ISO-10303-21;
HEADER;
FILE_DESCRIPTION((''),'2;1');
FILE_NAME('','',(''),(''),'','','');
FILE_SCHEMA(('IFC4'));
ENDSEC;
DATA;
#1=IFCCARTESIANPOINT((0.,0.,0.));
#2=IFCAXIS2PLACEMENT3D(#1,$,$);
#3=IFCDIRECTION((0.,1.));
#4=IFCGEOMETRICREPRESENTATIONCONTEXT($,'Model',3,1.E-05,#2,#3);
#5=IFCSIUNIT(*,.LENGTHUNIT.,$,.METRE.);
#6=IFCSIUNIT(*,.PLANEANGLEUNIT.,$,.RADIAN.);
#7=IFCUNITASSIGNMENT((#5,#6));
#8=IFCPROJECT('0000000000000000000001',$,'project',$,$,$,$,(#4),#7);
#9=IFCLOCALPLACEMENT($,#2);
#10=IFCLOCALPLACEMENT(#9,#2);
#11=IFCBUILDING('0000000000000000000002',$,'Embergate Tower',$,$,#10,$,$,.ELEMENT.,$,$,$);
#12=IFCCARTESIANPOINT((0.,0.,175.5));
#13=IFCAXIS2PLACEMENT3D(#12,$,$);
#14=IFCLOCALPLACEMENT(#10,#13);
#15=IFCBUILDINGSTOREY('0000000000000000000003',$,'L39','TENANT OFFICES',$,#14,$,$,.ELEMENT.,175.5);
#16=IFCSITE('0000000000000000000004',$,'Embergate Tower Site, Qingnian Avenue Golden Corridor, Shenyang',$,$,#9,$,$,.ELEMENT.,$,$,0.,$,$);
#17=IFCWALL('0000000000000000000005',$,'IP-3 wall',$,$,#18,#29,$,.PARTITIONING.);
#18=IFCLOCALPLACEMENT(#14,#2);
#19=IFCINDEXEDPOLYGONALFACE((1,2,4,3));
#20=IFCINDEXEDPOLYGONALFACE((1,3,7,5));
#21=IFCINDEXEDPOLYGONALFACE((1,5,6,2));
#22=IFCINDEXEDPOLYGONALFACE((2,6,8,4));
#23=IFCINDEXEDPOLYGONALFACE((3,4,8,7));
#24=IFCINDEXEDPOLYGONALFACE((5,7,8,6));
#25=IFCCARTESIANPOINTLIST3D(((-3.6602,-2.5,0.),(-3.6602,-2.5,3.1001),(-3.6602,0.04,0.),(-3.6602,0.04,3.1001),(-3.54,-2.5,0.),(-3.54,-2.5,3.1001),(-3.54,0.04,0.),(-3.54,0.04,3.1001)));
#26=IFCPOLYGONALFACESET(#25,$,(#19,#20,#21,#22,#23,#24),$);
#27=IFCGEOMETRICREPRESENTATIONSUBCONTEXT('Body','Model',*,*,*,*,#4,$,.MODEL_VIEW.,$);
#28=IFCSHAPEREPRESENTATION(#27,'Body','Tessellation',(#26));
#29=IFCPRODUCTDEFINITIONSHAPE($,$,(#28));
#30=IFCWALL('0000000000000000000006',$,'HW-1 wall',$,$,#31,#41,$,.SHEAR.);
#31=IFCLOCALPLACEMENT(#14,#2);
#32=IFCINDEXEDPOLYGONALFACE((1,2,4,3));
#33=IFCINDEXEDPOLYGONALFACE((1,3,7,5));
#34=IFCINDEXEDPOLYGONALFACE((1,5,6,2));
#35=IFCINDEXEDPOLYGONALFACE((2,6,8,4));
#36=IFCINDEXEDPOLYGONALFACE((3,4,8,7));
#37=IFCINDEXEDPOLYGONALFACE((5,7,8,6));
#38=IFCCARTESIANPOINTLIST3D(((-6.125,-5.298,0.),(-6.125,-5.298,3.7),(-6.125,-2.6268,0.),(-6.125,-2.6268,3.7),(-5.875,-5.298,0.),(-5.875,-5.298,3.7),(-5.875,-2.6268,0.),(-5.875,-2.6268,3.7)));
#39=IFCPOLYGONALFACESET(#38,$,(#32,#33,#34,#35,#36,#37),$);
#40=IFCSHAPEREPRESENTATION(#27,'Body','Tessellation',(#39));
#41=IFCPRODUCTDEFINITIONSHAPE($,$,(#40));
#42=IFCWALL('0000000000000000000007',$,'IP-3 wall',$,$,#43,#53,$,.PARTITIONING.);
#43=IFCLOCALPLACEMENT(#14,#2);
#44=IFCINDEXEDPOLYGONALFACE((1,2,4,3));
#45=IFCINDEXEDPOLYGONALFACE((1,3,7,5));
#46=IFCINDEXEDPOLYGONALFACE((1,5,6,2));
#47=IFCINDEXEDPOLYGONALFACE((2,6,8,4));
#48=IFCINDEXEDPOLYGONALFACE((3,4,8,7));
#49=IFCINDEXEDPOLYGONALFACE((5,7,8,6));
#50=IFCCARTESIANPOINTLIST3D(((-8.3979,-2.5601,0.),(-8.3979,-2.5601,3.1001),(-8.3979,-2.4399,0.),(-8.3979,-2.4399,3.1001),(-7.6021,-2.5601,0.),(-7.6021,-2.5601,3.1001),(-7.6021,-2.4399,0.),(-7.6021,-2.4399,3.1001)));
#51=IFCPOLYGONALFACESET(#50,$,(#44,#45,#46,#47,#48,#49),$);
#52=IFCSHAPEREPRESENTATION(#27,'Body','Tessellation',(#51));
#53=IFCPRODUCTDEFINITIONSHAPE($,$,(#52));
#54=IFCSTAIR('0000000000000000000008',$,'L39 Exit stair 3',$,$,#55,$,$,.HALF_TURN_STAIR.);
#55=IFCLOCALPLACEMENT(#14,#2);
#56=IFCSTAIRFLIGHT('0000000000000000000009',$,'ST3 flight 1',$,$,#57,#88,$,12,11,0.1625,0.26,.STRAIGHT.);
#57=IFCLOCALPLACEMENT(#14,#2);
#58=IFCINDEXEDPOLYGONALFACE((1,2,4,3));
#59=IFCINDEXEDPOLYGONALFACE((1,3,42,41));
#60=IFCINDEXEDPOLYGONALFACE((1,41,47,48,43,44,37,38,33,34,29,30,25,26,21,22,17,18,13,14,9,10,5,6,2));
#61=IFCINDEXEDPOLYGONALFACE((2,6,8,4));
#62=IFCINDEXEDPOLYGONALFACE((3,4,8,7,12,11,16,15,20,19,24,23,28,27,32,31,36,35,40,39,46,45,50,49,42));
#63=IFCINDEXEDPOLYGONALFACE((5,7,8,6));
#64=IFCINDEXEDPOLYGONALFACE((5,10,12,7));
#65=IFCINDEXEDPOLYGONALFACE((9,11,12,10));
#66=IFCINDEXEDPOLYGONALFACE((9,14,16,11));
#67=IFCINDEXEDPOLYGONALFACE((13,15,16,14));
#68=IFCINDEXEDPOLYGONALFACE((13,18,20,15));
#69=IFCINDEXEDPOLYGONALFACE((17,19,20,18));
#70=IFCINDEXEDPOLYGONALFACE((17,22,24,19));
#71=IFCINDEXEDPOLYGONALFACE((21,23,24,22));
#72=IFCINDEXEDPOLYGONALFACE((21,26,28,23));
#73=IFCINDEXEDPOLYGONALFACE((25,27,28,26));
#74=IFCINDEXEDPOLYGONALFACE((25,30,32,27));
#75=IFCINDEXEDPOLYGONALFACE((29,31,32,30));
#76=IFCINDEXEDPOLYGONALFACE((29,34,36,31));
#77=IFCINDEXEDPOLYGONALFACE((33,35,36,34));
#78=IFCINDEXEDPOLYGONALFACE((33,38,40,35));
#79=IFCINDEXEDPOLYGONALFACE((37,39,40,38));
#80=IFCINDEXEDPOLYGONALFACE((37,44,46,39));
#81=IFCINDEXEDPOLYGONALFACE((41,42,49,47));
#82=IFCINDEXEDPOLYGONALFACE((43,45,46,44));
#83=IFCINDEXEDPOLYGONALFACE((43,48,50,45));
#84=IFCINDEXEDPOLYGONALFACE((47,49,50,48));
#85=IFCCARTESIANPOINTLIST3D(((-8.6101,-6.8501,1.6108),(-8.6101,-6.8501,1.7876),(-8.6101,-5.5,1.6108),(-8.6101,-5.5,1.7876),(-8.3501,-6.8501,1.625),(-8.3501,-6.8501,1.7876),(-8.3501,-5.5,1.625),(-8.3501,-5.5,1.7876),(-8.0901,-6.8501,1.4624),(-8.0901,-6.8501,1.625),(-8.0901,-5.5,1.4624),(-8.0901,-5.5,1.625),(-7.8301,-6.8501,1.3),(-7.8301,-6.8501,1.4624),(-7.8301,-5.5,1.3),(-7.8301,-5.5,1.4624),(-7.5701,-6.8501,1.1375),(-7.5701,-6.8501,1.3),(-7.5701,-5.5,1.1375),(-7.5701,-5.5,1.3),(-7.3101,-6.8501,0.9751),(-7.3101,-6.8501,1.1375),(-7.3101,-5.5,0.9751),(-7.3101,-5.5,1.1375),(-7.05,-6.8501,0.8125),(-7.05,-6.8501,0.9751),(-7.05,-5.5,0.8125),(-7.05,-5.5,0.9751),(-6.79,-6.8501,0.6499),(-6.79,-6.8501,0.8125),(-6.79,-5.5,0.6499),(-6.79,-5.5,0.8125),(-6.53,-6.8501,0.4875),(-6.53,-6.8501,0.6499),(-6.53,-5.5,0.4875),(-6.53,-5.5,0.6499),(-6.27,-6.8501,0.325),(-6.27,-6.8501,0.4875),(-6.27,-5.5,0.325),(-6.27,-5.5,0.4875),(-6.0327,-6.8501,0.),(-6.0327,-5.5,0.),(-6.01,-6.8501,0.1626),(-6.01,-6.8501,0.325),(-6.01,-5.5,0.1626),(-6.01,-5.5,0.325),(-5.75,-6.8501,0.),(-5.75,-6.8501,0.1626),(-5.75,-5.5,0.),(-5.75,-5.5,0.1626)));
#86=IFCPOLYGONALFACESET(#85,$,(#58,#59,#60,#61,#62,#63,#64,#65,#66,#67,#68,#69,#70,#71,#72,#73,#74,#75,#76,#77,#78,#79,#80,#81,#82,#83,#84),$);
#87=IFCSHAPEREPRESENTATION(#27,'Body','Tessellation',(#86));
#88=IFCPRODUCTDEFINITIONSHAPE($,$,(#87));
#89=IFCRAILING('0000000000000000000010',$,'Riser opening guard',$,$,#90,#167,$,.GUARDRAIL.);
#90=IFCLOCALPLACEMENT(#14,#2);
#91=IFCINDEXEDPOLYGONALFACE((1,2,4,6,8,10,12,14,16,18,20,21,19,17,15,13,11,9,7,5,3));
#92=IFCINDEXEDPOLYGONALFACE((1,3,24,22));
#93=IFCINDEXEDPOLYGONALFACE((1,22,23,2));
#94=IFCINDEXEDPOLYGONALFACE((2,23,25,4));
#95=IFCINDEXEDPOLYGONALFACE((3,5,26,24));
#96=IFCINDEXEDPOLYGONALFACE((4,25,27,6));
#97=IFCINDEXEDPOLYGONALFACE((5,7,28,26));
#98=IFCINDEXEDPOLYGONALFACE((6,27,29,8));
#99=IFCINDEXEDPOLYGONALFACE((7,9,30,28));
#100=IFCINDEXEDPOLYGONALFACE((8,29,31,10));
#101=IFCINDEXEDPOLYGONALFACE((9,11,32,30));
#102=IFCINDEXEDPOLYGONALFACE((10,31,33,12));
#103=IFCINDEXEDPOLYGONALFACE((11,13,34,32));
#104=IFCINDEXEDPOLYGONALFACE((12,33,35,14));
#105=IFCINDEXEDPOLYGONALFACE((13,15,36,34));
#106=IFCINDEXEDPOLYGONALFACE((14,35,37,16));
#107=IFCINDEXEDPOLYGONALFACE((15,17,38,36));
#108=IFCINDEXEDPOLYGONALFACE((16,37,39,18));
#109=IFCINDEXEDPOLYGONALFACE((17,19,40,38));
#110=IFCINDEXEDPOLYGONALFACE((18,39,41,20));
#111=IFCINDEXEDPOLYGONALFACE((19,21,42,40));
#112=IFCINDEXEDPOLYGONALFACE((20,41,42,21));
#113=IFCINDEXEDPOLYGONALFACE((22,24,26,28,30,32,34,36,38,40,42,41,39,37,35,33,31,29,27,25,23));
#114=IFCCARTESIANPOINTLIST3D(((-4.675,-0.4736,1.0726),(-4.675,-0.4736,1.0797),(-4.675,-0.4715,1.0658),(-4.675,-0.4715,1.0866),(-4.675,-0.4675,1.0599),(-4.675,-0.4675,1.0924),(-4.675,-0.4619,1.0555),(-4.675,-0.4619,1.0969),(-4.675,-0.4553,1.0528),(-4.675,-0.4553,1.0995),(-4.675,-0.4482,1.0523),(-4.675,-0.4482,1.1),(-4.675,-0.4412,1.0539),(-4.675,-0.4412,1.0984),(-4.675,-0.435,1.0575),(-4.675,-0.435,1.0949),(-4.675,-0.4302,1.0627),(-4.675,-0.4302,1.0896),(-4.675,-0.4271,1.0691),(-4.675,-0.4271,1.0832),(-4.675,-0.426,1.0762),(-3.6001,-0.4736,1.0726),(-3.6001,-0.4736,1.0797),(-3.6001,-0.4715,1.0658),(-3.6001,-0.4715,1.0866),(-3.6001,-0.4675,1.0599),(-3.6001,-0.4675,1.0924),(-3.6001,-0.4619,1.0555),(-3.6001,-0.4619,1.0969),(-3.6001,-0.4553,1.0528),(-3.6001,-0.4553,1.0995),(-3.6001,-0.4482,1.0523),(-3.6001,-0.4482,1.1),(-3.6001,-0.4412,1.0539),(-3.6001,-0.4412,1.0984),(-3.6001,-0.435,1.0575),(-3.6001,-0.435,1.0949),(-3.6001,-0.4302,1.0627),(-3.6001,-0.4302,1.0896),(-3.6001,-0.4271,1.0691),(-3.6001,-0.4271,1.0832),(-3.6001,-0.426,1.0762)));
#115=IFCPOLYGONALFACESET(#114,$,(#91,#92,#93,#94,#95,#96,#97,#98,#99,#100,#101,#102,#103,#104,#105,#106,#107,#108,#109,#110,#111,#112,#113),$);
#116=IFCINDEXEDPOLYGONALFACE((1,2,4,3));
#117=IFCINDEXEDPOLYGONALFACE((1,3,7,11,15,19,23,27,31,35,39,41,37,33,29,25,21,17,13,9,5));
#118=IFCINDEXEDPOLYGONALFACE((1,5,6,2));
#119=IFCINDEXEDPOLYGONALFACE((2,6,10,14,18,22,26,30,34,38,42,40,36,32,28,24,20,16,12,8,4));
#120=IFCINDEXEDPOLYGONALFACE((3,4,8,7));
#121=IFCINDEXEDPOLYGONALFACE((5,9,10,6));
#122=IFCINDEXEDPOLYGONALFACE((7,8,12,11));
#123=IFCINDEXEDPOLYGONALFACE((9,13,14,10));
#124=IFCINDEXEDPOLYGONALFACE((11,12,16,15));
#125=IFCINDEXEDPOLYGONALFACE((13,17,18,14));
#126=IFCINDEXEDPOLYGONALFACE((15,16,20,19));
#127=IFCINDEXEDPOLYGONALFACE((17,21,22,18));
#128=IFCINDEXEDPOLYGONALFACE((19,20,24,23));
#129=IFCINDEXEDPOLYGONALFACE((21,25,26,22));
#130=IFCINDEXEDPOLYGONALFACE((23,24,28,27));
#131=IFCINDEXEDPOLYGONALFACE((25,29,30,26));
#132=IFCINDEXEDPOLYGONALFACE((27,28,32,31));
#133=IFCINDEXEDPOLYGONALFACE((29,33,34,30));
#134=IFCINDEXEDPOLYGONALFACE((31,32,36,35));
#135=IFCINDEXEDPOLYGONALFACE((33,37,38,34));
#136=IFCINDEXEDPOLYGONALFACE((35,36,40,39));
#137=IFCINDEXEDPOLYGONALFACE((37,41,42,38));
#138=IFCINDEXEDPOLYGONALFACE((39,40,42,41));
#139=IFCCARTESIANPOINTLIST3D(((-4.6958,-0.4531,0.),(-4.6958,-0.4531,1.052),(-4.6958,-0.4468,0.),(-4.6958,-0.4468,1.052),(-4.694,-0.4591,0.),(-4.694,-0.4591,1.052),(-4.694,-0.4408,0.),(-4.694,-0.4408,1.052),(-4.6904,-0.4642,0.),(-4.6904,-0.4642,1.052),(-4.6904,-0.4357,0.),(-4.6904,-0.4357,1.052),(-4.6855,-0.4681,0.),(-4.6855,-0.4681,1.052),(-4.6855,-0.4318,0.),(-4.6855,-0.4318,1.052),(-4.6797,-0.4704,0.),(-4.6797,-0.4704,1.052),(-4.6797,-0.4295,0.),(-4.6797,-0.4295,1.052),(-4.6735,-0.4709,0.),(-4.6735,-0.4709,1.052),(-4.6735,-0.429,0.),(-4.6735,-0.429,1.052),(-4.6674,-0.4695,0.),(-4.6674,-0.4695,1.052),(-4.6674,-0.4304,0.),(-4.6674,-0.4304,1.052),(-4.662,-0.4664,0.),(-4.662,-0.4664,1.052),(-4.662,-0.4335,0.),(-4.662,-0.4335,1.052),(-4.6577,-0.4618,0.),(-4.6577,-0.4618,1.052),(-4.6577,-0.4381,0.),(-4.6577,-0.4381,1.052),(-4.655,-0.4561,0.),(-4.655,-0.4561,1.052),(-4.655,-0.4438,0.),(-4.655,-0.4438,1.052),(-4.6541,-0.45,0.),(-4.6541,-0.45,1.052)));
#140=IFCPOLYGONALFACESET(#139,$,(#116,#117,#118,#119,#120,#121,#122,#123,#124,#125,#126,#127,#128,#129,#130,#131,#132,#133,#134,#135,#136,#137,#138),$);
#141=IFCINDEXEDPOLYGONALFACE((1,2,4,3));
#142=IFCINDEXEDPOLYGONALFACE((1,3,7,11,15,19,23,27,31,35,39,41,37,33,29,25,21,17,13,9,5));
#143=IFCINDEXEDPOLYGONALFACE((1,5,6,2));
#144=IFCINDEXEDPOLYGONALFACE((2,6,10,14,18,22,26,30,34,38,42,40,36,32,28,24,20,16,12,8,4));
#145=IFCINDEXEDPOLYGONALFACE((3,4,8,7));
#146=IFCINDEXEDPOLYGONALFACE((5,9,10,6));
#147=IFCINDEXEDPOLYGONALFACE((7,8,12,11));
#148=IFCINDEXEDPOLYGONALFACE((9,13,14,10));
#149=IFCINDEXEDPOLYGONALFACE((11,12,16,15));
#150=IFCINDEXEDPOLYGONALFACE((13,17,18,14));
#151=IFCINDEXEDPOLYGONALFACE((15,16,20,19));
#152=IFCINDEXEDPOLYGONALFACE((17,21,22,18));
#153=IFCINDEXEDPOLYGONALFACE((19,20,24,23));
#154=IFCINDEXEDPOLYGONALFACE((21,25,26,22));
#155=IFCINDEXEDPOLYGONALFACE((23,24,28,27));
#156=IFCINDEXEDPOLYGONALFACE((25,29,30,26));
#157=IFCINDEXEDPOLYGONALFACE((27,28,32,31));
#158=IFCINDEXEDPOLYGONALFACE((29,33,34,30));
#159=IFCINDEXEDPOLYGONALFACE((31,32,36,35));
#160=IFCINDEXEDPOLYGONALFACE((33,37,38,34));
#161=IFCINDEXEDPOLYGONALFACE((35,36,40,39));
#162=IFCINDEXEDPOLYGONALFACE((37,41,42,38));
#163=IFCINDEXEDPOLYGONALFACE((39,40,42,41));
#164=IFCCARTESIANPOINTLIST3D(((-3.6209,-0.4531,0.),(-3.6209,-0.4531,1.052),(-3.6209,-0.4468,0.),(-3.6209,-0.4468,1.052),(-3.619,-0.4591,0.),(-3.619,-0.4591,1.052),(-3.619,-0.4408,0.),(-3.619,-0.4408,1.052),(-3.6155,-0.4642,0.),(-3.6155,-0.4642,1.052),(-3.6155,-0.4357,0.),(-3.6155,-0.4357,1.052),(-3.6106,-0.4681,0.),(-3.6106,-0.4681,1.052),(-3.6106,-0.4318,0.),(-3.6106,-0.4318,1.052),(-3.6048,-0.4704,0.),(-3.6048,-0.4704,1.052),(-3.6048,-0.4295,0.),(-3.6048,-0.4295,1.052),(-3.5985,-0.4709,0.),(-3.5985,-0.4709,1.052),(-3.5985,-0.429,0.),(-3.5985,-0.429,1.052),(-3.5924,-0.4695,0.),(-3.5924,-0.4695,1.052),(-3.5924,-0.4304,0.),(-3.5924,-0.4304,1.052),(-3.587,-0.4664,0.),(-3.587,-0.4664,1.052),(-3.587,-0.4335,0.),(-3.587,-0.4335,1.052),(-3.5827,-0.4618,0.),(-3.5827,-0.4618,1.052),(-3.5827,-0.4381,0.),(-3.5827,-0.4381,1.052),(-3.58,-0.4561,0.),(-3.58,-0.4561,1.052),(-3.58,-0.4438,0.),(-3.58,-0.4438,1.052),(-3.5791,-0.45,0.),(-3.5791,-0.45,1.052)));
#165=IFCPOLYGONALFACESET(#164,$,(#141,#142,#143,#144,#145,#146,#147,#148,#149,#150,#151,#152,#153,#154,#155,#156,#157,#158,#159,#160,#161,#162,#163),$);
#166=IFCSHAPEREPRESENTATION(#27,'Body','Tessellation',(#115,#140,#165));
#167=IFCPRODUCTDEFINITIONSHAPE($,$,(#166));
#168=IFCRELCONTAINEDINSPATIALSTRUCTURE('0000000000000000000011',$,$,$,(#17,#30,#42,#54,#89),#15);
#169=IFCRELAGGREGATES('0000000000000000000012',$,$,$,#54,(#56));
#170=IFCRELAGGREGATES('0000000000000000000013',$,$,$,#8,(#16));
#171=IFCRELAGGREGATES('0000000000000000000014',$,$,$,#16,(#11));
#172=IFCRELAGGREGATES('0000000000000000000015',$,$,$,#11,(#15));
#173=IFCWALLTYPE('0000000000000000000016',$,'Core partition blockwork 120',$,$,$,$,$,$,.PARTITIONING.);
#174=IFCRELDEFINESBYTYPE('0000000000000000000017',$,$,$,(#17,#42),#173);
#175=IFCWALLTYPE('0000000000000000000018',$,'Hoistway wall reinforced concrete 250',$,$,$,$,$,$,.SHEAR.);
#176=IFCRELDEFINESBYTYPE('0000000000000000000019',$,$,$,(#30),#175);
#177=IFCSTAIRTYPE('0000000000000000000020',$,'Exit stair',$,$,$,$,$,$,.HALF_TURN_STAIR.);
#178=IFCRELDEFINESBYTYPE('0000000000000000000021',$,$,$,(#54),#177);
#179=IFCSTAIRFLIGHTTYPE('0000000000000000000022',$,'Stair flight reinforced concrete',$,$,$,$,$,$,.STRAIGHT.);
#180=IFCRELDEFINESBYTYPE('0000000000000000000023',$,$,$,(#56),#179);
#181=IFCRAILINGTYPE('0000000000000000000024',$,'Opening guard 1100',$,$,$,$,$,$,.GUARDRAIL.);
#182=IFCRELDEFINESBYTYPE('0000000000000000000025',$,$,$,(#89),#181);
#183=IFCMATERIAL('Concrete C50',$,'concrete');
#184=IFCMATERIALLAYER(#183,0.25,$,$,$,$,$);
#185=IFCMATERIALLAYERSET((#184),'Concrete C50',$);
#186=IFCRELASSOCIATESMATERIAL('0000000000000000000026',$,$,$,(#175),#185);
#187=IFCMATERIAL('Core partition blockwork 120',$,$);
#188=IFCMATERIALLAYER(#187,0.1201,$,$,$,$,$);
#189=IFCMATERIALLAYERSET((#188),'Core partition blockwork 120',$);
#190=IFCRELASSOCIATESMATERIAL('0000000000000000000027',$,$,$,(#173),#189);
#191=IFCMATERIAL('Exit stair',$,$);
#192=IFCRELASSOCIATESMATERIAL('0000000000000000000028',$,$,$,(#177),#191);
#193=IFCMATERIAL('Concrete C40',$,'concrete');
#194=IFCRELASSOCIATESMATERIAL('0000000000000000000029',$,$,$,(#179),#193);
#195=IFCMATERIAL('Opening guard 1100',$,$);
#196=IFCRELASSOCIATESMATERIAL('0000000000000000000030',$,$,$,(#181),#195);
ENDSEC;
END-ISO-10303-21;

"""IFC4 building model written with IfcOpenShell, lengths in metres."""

from ifc_helpers import new_model, si_unit, direction, frame, frame_2d, origin, origin_2d, place, context, subcontext, project, spatial, polyline, rectangle, circle, outline, extrude, source, transform, mapped, material, layer, layer_set, type_object, element, aggregate, save


model = new_model("IFC4")

# Units and contexts
model_context = context("Model", 3, precision=1e-05, world=origin(), true_north=direction((0.0, 1.0)))
body_context = subcontext(model_context, "Body", "Model", "MODEL_VIEW")
ifc_project = project(units=[si_unit("LENGTHUNIT", "METRE"), si_unit("PLANEANGLEUNIT", "RADIAN")], contexts=[model_context])

# Site, building, storey
site_placement = place(None, origin())
site = spatial("IfcSite", under=ifc_project, at=site_placement, Name="Embergate Tower Site, Qingnian Avenue Golden Corridor, Shenyang", CompositionType="ELEMENT", RefElevation=0.0)
building_placement = place(site_placement, origin())
building = spatial("IfcBuilding", under=site, at=building_placement, Name="Embergate Tower", CompositionType="ELEMENT")
storey_placement = place(building_placement, frame((0.0, 0.0, 175.5)))
storey = spatial("IfcBuildingStorey", under=building, at=storey_placement, Name="L39", Description="TENANT OFFICES", CompositionType="ELEMENT", Elevation=175.5)

# Shared definitions
ifc_material_1 = material(Name="Concrete C50", Category="concrete")
ifc_layer_1 = layer(ifc_material_1, 0.25)
ifc_layer_set_1 = layer_set([ifc_layer_1], Name="Concrete C50")
wall_type_1 = type_object("IfcWallType", Name="Hoistway wall reinforced concrete 250", PredefinedType="SHEAR", material=ifc_layer_set_1)

# Shared definitions
ifc_material_2 = material(Name="Core partition blockwork 120")
ifc_layer_2 = layer(ifc_material_2, 0.1201)
ifc_layer_set_2 = layer_set([ifc_layer_2], Name="Core partition blockwork 120")
wall_type_2 = type_object("IfcWallType", Name="Core partition blockwork 120", PredefinedType="PARTITIONING", material=ifc_layer_set_2)

# Walls
shared_shape_1 = source(origin(), body_context, "Body", "SweptSolid", [
    extrude(rectangle(XDim=2.54, YDim=0.1201, at=frame_2d((1.27, 0.0))), origin(), (0.0, 0.0, 1.0), 3.1001),
])
wall_1_placement = place(storey_placement, frame((-3.6001, -2.5, 0.0), z_axis=(0.0, 0.0, 1.0), x_axis=(0.0, 1.0, 0.0)))
element("IfcWall", 1, at=wall_1_placement, inside=storey, type_object=wall_type_2, Name="IP-3 wall", PredefinedType="PARTITIONING", context=body_context, shape_type="MappedRepresentation", body=[
    mapped(shared_shape_1, transform((0.0, 0.0, 0.0))),
])
shared_shape_2 = source(origin(), body_context, "Body", "SweptSolid", [
    extrude(rectangle(XDim=2.6711, YDim=0.25, at=frame_2d((1.3354, 0.0))), origin(), (0.0, 0.0, 1.0), 3.7),
])
wall_2_placement = place(storey_placement, frame((-6.0, -2.627, 0.0), z_axis=(0.0, 0.0, 1.0), x_axis=(0.0, -1.0, 0.0)))
element("IfcWall", 2, at=wall_2_placement, inside=storey, type_object=wall_type_1, Name="HW-1 wall", PredefinedType="SHEAR", context=body_context, shape_type="MappedRepresentation", body=[
    mapped(shared_shape_2, transform((0.0, 0.0, 0.0))),
])
shared_shape_3 = source(origin(), body_context, "Body", "SweptSolid", [
    extrude(rectangle(XDim=0.7959, YDim=0.1201, at=frame_2d((0.3979, 0.0))), origin(), (0.0, 0.0, 1.0), 3.1001),
])
wall_3_placement = place(storey_placement, frame((-8.3979, -2.5, 0.0), z_axis=(0.0, 0.0, 1.0), x_axis=(1.0, 0.0, 0.0)))
element("IfcWall", 3, at=wall_3_placement, inside=storey, type_object=wall_type_2, Name="IP-3 wall", PredefinedType="PARTITIONING", context=body_context, shape_type="MappedRepresentation", body=[
    mapped(shared_shape_3, transform((0.0, 0.0, 0.0))),
])

# Stair, stair flight
ifc_material_3 = material(Name="Exit stair")
stair_type = type_object("IfcStairType", Name="Exit stair", PredefinedType="HALF_TURN_STAIR", material=ifc_material_3)
stair_placement = place(storey_placement, origin())
stair = element("IfcStair", 4, at=stair_placement, inside=storey, type_object=stair_type, Name="L39 Exit stair 3", PredefinedType="HALF_TURN_STAIR")
ifc_material_4 = material(Name="Concrete C40", Category="concrete")
stair_flight_type = type_object("IfcStairFlightType", Name="Stair flight reinforced concrete", PredefinedType="STRAIGHT", material=ifc_material_4)
shared_shape_4 = source(origin(), body_context, "Body", "SweptSolid", [
    extrude(outline(polyline([(0.0, 0.0), (0.0, 0.1626), (0.26, 0.1626), (0.26, 0.325), (0.52, 0.325), (0.52, 0.4875), (0.78, 0.4875), (0.78, 0.6499), (1.04, 0.6499), (1.04, 0.8125), (1.3, 0.8125), (1.3, 0.9751), (1.5601, 0.9751), (1.5601, 1.1375), (1.8201, 1.1375), (1.8201, 1.3), (2.0801, 1.3), (2.0801, 1.4624), (2.3401, 1.4624), (2.3401, 1.625), (2.6001, 1.625), (2.6001, 1.7876), (2.8601, 1.7876), (2.8601, 1.95), (2.8601, 1.6108), (0.2827, 0.0), (0.0, 0.0)])), frame((0.0, 0.675, 0.0), z_axis=(0.0, -1.0, 0.0), x_axis=(1.0, 0.0, 0.0)), (0.0, 0.0, 1.0), 1.3501),
])
stair_flight_placement = place(storey_placement, frame((-5.75, -6.175, 0.0), z_axis=(0.0, 0.0, 1.0), x_axis=(-1.0, 0.0, 0.0)))
stair_flight = element("IfcStairFlight", 5, at=stair_flight_placement, type_object=stair_flight_type, Name="ST3 flight 1", NumberOfRisers=12, NumberOfTreads=11, PredefinedType="STRAIGHT", RiserHeight=0.1625, TreadLength=0.26, context=body_context, shape_type="MappedRepresentation", body=[
    mapped(shared_shape_4, transform((0.0, 0.0, 0.0))),
])
aggregate(stair, [stair_flight])

# Railing
ifc_material_5 = material(Name="Opening guard 1100")
railing_type_1 = type_object("IfcRailingType", Name="Opening guard 1100", PredefinedType="GUARDRAIL", material=ifc_material_5)
shared_shape_5 = source(origin(), body_context, "Body", "SweptSolid", [
    extrude(circle(Radius=0.0239, at=origin_2d()), frame((0.0, 0.0, 1.0762), z_axis=(1.0, 0.0, 0.0), x_axis=(0.0, 1.0, 0.0)), (0.0, 0.0, 1.0), 1.075),
    extrude(circle(Radius=0.021, at=origin_2d()), origin(), (0.0, 0.0, 1.0), 1.052),
    extrude(circle(Radius=0.021, at=origin_2d()), frame((1.075, 0.0, 0.0)), (0.0, 0.0, 1.0), 1.052),
])
railing_1_placement = place(storey_placement, frame((-4.675, -0.45, 0.0)))
element("IfcRailing", 6, at=railing_1_placement, inside=storey, type_object=railing_type_1, Name="Riser opening guard", PredefinedType="GUARDRAIL", context=body_context, shape_type="MappedRepresentation", body=[
    mapped(shared_shape_5, transform((0.0, 0.0, 0.0))),
])

save(model, "model.ifc")
